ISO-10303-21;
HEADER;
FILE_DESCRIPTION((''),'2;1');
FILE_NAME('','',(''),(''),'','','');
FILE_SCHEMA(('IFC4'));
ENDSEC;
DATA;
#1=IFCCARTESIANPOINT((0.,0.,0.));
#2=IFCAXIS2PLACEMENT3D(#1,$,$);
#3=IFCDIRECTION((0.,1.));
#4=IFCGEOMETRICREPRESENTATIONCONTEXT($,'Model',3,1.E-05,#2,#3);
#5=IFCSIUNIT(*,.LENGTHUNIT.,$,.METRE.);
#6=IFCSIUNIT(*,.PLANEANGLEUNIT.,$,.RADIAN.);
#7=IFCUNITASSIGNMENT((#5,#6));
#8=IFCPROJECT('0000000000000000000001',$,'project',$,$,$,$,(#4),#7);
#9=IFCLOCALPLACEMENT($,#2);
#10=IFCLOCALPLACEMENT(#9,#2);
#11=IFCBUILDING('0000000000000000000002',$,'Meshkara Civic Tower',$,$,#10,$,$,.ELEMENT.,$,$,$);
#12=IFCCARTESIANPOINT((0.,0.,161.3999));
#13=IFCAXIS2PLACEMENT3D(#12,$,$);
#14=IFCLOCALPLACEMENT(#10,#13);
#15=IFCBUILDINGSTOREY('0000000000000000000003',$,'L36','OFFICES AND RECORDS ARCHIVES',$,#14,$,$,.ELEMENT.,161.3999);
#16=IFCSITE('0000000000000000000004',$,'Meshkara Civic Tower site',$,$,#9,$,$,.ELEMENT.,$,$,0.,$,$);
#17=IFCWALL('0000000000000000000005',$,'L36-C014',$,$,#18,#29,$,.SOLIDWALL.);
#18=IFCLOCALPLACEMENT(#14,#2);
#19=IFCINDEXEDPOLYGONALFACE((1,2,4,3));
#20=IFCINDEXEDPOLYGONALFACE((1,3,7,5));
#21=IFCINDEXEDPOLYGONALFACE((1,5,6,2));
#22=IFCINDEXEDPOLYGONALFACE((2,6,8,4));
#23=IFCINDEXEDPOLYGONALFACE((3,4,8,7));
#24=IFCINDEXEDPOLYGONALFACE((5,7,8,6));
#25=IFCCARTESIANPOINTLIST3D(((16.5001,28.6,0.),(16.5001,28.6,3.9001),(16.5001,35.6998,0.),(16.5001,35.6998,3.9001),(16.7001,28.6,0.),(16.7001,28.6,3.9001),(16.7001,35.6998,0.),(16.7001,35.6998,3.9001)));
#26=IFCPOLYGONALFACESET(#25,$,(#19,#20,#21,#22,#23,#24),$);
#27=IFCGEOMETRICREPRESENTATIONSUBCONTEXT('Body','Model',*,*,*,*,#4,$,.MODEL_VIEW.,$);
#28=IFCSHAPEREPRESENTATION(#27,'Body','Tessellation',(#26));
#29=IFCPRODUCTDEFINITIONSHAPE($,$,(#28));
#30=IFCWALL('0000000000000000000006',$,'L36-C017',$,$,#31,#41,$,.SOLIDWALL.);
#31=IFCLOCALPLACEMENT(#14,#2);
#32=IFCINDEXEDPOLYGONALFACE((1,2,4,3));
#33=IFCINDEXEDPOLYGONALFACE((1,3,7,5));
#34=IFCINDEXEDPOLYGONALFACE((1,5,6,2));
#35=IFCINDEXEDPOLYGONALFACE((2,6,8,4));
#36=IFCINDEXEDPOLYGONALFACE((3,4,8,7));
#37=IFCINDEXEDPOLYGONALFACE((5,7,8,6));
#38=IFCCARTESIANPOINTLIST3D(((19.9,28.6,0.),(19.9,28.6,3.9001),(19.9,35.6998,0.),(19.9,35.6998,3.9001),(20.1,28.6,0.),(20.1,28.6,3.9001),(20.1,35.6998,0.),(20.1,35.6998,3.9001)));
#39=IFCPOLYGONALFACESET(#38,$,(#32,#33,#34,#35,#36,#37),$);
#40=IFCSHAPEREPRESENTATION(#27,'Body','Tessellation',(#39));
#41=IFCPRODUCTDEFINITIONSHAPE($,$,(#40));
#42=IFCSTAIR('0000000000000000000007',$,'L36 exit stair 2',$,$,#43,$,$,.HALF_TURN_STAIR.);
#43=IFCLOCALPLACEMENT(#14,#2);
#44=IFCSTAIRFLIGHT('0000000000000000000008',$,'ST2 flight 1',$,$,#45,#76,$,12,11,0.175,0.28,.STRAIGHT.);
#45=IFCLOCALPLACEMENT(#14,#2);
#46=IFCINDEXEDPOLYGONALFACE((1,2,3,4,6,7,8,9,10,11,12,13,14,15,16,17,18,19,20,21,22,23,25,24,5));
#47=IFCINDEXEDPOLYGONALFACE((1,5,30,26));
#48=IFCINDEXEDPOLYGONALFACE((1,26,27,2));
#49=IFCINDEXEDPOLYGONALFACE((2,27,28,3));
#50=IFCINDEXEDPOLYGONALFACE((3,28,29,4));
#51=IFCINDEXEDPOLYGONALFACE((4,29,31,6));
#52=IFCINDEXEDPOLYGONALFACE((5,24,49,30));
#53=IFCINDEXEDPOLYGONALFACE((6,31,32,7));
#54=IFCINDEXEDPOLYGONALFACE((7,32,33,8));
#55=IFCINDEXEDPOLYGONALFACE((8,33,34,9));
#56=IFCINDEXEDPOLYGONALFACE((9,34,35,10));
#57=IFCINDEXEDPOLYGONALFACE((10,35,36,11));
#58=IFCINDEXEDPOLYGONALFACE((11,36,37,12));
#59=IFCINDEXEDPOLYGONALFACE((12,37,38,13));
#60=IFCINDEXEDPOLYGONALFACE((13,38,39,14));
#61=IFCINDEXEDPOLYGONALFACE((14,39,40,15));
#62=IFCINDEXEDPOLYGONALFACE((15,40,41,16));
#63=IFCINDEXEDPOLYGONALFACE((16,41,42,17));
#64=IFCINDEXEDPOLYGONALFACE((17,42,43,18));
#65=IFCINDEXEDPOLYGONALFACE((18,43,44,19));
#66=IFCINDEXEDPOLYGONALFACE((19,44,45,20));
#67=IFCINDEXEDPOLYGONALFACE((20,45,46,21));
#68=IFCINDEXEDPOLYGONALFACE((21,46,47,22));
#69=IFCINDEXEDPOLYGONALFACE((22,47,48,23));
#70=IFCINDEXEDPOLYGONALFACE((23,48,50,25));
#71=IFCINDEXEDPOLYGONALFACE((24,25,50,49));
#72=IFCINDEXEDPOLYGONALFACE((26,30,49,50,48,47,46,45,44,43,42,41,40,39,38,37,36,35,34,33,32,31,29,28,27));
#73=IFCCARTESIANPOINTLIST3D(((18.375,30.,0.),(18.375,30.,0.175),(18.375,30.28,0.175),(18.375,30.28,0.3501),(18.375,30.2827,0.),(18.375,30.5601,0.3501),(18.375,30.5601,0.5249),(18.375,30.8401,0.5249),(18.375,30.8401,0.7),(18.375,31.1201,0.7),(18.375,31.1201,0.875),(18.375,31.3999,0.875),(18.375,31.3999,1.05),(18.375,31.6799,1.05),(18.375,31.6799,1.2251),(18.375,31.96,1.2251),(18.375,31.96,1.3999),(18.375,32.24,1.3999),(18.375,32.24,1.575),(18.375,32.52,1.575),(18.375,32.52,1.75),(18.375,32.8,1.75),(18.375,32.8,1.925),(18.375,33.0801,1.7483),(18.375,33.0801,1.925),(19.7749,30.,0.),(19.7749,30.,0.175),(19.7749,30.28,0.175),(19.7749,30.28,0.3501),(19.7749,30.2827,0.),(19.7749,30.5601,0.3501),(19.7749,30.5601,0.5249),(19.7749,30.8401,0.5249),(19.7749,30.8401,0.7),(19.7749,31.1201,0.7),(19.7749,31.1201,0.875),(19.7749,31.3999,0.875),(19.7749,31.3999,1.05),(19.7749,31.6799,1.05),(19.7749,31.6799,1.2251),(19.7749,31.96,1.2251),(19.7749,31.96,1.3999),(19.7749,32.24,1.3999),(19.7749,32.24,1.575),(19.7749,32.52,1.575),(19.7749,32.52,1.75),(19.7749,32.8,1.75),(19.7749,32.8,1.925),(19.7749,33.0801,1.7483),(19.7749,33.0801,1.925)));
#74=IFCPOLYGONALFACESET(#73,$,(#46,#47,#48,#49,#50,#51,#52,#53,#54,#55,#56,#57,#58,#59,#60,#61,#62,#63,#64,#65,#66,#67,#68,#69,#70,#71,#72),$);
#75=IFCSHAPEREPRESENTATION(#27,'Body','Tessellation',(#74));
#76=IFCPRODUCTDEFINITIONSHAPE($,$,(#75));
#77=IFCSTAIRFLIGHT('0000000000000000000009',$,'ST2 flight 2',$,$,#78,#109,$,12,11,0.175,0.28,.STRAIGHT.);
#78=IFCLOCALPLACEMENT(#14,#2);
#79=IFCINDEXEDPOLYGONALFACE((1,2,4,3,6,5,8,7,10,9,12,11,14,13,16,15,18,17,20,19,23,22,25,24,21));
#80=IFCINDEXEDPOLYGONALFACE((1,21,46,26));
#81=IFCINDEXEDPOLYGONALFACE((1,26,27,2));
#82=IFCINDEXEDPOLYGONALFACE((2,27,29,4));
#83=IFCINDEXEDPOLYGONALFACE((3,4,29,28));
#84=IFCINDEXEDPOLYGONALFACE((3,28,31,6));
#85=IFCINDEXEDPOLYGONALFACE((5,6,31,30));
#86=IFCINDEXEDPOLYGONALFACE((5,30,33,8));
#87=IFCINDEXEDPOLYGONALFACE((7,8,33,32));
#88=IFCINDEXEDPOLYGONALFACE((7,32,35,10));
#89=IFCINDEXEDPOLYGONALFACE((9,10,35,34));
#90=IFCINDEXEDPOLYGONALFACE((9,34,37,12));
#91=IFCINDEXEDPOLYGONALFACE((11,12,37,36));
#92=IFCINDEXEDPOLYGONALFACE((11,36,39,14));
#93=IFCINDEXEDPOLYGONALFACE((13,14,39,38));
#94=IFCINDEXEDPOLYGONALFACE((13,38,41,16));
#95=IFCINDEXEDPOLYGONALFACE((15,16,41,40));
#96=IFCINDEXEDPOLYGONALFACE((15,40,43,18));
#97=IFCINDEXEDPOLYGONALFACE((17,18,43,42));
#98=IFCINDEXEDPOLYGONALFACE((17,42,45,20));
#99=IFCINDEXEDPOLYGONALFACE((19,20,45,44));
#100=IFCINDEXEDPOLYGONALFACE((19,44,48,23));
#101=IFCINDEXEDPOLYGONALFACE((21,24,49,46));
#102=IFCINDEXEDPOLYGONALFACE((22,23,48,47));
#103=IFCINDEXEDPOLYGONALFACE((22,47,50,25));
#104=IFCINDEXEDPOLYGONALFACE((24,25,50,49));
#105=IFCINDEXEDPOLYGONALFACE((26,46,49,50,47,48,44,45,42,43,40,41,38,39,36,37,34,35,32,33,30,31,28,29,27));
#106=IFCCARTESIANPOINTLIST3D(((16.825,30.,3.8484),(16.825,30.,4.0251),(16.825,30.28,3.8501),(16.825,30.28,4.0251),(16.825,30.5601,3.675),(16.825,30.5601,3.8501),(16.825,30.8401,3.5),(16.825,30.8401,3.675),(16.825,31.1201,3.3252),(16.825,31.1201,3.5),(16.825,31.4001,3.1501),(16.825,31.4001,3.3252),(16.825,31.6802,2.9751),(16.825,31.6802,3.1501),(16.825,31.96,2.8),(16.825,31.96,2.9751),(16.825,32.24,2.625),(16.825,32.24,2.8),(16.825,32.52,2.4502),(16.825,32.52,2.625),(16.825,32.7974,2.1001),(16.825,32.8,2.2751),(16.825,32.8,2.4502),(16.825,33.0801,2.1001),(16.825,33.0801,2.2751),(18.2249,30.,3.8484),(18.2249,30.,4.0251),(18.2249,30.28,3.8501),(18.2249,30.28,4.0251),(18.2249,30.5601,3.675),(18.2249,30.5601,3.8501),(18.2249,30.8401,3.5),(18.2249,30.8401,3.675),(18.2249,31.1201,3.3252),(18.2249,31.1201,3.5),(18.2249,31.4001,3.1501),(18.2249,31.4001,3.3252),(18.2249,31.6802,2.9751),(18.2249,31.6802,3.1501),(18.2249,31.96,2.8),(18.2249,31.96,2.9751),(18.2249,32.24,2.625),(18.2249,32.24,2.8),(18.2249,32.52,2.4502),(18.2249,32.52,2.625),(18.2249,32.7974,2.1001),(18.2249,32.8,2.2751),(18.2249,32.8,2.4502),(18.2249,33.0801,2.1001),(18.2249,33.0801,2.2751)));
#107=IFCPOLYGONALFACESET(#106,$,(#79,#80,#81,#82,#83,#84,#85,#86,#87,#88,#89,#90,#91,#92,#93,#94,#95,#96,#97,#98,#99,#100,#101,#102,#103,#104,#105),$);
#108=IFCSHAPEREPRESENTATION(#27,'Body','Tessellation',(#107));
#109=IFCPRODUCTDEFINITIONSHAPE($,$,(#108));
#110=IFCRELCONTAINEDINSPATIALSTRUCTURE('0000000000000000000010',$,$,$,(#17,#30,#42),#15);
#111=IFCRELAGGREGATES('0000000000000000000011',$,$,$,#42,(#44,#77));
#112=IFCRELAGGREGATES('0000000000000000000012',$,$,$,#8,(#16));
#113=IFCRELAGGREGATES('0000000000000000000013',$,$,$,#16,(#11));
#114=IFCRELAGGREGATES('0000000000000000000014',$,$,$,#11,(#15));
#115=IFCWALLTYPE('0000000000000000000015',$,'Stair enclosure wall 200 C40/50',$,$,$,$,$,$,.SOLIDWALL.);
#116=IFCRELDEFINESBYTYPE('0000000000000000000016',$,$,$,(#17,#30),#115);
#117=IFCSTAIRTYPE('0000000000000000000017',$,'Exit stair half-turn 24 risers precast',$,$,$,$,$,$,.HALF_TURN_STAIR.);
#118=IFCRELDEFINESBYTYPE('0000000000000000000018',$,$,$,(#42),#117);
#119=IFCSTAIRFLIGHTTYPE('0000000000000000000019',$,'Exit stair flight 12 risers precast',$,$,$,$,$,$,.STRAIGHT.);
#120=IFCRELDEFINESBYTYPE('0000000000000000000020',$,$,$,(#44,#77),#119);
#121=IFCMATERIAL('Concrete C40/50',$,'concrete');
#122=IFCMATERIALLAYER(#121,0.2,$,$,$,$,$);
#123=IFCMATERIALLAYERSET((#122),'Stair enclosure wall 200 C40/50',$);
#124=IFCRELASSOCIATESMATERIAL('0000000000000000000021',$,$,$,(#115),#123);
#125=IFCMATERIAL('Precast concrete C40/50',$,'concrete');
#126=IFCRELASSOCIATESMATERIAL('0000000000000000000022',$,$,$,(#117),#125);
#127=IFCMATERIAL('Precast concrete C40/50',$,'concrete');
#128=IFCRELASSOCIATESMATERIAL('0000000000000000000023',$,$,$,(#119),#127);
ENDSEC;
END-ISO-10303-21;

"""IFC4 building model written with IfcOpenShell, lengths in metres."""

from ifc_helpers import new_model, si_unit, direction, frame, frame_2d, origin, place, context, subcontext, project, spatial, polyline, rectangle, outline, extrude, material, layer, layer_set, type_object, element, aggregate, save


model = new_model("IFC4")

# Units and contexts
model_context = context("Model", 3, precision=1e-05, world=origin(), true_north=direction((0.0, 1.0)))
body_context = subcontext(model_context, "Body", "Model", "MODEL_VIEW")
ifc_project = project(units=[si_unit("LENGTHUNIT", "METRE"), si_unit("PLANEANGLEUNIT", "RADIAN")], contexts=[model_context])

# Site, building, storey
site_placement = place(None, origin())
site = spatial("IfcSite", under=ifc_project, at=site_placement, Name="Meshkara Civic Tower site", CompositionType="ELEMENT", RefElevation=0.0)
building_placement = place(site_placement, origin())
building = spatial("IfcBuilding", under=site, at=building_placement, Name="Meshkara Civic Tower", CompositionType="ELEMENT")
storey_placement = place(building_placement, frame((0.0, 0.0, 161.3999)))
storey = spatial("IfcBuildingStorey", under=building, at=storey_placement, Name="L36", Description="OFFICES AND RECORDS ARCHIVES", CompositionType="ELEMENT", Elevation=161.3999)

# Walls
ifc_material_1 = material(Name="Concrete C40/50", Category="concrete")
ifc_layer_1 = layer(ifc_material_1, 0.2)
ifc_layer_set_1 = layer_set([ifc_layer_1], Name="Stair enclosure wall 200 C40/50")
wall_type_1 = type_object("IfcWallType", Name="Stair enclosure wall 200 C40/50", PredefinedType="SOLIDWALL", material=ifc_layer_set_1)
for number, where, z_axis, x_axis, name in (
    (1, (16.6001, 28.6001, 0.0), (0.0, 0.0, 1.0), (0.0, 1.0, 0.0), "L36-C014"),
    (2, (20.0, 28.6001, 0.0), (0.0, 0.0, 1.0), (0.0, 1.0, 0.0), "L36-C017"),
):
    element("IfcWall", number, at=place(storey_placement, frame(where, z_axis=z_axis, x_axis=x_axis)), inside=storey, type_object=wall_type_1, Name=name, PredefinedType="SOLIDWALL", context=body_context, shape_type="SweptSolid", body=[
        extrude(rectangle(XDim=7.0999, YDim=0.2, at=frame_2d((3.5498, 0.0))), origin(), (0.0, 0.0, 1.0), 3.9001),
    ])

# Stair, stair flights
ifc_material_2 = material(Name="Precast concrete C40/50", Category="concrete")
stair_type = type_object("IfcStairType", Name="Exit stair half-turn 24 risers precast", PredefinedType="HALF_TURN_STAIR", material=ifc_material_2)
stair_placement = place(storey_placement, origin())
stair = element("IfcStair", 3, at=stair_placement, inside=storey, type_object=stair_type, Name="L36 exit stair 2", PredefinedType="HALF_TURN_STAIR")
ifc_material_3 = material(Name="Precast concrete C40/50", Category="concrete")
stair_flight_type = type_object("IfcStairFlightType", Name="Exit stair flight 12 risers precast", PredefinedType="STRAIGHT", material=ifc_material_3)
stair_flight_1_placement = place(storey_placement, frame((19.075, 30.0, 0.0), z_axis=(0.0, 0.0, 1.0), x_axis=(0.0, 1.0, 0.0)))
stair_flight_1 = element("IfcStairFlight", 4, at=stair_flight_1_placement, type_object=stair_flight_type, Name="ST2 flight 1", NumberOfRisers=12, NumberOfTreads=11, PredefinedType="STRAIGHT", RiserHeight=0.175, TreadLength=0.28, context=body_context, shape_type="SweptSolid", body=[
    extrude(outline(polyline([(0.0, 0.0), (0.0, 0.175), (0.28, 0.175), (0.28, 0.3501), (0.5601, 0.3501), (0.5601, 0.5249), (0.8401, 0.5249), (0.8401, 0.7), (1.1201, 0.7), (1.1201, 0.875), (1.3999, 0.875), (1.3999, 1.05), (1.6799, 1.05), (1.6799, 1.2251), (1.96, 1.2251), (1.96, 1.3999), (2.24, 1.3999), (2.24, 1.575), (2.52, 1.575), (2.52, 1.75), (2.8, 1.75), (2.8, 1.925), (3.0801, 1.925), (3.0801, 2.1001), (3.0801, 1.7483), (0.2827, 0.0), (0.0, 0.0)])), frame((0.0, 0.7, 0.0), z_axis=(0.0, -1.0, 0.0), x_axis=(1.0, 0.0, 0.0)), (0.0, 0.0, 1.0), 1.3999),
])
stair_flight_2_placement = place(storey_placement, frame((17.5249, 33.0801, 2.1001), z_axis=(0.0, 0.0, 1.0), x_axis=(0.0, -1.0, 0.0)))
stair_flight_2 = element("IfcStairFlight", 5, at=stair_flight_2_placement, type_object=stair_flight_type, Name="ST2 flight 2", NumberOfRisers=12, NumberOfTreads=11, PredefinedType="STRAIGHT", RiserHeight=0.175, TreadLength=0.28, context=body_context, shape_type="SweptSolid", body=[
    extrude(outline(polyline([(0.0, 0.0), (0.0, 0.175), (0.28, 0.175), (0.28, 0.3501), (0.5601, 0.3501), (0.5601, 0.5249), (0.8401, 0.5249), (0.8401, 0.7), (1.1201, 0.7), (1.1201, 0.875), (1.3999, 0.875), (1.3999, 1.05), (1.6799, 1.05), (1.6799, 1.2251), (1.96, 1.2251), (1.96, 1.3999), (2.24, 1.3999), (2.24, 1.575), (2.52, 1.575), (2.52, 1.75), (2.8, 1.75), (2.8, 1.925), (3.0801, 1.925), (3.0801, 2.1001), (3.0801, 1.7483), (0.2827, 0.0), (0.0, 0.0)])), frame((0.0, 0.7, 0.0), z_axis=(0.0, -1.0, 0.0), x_axis=(1.0, 0.0, 0.0)), (0.0, 0.0, 1.0), 1.3999),
])
aggregate(stair, [stair_flight_1, stair_flight_2])

save(model, "model.ifc")
